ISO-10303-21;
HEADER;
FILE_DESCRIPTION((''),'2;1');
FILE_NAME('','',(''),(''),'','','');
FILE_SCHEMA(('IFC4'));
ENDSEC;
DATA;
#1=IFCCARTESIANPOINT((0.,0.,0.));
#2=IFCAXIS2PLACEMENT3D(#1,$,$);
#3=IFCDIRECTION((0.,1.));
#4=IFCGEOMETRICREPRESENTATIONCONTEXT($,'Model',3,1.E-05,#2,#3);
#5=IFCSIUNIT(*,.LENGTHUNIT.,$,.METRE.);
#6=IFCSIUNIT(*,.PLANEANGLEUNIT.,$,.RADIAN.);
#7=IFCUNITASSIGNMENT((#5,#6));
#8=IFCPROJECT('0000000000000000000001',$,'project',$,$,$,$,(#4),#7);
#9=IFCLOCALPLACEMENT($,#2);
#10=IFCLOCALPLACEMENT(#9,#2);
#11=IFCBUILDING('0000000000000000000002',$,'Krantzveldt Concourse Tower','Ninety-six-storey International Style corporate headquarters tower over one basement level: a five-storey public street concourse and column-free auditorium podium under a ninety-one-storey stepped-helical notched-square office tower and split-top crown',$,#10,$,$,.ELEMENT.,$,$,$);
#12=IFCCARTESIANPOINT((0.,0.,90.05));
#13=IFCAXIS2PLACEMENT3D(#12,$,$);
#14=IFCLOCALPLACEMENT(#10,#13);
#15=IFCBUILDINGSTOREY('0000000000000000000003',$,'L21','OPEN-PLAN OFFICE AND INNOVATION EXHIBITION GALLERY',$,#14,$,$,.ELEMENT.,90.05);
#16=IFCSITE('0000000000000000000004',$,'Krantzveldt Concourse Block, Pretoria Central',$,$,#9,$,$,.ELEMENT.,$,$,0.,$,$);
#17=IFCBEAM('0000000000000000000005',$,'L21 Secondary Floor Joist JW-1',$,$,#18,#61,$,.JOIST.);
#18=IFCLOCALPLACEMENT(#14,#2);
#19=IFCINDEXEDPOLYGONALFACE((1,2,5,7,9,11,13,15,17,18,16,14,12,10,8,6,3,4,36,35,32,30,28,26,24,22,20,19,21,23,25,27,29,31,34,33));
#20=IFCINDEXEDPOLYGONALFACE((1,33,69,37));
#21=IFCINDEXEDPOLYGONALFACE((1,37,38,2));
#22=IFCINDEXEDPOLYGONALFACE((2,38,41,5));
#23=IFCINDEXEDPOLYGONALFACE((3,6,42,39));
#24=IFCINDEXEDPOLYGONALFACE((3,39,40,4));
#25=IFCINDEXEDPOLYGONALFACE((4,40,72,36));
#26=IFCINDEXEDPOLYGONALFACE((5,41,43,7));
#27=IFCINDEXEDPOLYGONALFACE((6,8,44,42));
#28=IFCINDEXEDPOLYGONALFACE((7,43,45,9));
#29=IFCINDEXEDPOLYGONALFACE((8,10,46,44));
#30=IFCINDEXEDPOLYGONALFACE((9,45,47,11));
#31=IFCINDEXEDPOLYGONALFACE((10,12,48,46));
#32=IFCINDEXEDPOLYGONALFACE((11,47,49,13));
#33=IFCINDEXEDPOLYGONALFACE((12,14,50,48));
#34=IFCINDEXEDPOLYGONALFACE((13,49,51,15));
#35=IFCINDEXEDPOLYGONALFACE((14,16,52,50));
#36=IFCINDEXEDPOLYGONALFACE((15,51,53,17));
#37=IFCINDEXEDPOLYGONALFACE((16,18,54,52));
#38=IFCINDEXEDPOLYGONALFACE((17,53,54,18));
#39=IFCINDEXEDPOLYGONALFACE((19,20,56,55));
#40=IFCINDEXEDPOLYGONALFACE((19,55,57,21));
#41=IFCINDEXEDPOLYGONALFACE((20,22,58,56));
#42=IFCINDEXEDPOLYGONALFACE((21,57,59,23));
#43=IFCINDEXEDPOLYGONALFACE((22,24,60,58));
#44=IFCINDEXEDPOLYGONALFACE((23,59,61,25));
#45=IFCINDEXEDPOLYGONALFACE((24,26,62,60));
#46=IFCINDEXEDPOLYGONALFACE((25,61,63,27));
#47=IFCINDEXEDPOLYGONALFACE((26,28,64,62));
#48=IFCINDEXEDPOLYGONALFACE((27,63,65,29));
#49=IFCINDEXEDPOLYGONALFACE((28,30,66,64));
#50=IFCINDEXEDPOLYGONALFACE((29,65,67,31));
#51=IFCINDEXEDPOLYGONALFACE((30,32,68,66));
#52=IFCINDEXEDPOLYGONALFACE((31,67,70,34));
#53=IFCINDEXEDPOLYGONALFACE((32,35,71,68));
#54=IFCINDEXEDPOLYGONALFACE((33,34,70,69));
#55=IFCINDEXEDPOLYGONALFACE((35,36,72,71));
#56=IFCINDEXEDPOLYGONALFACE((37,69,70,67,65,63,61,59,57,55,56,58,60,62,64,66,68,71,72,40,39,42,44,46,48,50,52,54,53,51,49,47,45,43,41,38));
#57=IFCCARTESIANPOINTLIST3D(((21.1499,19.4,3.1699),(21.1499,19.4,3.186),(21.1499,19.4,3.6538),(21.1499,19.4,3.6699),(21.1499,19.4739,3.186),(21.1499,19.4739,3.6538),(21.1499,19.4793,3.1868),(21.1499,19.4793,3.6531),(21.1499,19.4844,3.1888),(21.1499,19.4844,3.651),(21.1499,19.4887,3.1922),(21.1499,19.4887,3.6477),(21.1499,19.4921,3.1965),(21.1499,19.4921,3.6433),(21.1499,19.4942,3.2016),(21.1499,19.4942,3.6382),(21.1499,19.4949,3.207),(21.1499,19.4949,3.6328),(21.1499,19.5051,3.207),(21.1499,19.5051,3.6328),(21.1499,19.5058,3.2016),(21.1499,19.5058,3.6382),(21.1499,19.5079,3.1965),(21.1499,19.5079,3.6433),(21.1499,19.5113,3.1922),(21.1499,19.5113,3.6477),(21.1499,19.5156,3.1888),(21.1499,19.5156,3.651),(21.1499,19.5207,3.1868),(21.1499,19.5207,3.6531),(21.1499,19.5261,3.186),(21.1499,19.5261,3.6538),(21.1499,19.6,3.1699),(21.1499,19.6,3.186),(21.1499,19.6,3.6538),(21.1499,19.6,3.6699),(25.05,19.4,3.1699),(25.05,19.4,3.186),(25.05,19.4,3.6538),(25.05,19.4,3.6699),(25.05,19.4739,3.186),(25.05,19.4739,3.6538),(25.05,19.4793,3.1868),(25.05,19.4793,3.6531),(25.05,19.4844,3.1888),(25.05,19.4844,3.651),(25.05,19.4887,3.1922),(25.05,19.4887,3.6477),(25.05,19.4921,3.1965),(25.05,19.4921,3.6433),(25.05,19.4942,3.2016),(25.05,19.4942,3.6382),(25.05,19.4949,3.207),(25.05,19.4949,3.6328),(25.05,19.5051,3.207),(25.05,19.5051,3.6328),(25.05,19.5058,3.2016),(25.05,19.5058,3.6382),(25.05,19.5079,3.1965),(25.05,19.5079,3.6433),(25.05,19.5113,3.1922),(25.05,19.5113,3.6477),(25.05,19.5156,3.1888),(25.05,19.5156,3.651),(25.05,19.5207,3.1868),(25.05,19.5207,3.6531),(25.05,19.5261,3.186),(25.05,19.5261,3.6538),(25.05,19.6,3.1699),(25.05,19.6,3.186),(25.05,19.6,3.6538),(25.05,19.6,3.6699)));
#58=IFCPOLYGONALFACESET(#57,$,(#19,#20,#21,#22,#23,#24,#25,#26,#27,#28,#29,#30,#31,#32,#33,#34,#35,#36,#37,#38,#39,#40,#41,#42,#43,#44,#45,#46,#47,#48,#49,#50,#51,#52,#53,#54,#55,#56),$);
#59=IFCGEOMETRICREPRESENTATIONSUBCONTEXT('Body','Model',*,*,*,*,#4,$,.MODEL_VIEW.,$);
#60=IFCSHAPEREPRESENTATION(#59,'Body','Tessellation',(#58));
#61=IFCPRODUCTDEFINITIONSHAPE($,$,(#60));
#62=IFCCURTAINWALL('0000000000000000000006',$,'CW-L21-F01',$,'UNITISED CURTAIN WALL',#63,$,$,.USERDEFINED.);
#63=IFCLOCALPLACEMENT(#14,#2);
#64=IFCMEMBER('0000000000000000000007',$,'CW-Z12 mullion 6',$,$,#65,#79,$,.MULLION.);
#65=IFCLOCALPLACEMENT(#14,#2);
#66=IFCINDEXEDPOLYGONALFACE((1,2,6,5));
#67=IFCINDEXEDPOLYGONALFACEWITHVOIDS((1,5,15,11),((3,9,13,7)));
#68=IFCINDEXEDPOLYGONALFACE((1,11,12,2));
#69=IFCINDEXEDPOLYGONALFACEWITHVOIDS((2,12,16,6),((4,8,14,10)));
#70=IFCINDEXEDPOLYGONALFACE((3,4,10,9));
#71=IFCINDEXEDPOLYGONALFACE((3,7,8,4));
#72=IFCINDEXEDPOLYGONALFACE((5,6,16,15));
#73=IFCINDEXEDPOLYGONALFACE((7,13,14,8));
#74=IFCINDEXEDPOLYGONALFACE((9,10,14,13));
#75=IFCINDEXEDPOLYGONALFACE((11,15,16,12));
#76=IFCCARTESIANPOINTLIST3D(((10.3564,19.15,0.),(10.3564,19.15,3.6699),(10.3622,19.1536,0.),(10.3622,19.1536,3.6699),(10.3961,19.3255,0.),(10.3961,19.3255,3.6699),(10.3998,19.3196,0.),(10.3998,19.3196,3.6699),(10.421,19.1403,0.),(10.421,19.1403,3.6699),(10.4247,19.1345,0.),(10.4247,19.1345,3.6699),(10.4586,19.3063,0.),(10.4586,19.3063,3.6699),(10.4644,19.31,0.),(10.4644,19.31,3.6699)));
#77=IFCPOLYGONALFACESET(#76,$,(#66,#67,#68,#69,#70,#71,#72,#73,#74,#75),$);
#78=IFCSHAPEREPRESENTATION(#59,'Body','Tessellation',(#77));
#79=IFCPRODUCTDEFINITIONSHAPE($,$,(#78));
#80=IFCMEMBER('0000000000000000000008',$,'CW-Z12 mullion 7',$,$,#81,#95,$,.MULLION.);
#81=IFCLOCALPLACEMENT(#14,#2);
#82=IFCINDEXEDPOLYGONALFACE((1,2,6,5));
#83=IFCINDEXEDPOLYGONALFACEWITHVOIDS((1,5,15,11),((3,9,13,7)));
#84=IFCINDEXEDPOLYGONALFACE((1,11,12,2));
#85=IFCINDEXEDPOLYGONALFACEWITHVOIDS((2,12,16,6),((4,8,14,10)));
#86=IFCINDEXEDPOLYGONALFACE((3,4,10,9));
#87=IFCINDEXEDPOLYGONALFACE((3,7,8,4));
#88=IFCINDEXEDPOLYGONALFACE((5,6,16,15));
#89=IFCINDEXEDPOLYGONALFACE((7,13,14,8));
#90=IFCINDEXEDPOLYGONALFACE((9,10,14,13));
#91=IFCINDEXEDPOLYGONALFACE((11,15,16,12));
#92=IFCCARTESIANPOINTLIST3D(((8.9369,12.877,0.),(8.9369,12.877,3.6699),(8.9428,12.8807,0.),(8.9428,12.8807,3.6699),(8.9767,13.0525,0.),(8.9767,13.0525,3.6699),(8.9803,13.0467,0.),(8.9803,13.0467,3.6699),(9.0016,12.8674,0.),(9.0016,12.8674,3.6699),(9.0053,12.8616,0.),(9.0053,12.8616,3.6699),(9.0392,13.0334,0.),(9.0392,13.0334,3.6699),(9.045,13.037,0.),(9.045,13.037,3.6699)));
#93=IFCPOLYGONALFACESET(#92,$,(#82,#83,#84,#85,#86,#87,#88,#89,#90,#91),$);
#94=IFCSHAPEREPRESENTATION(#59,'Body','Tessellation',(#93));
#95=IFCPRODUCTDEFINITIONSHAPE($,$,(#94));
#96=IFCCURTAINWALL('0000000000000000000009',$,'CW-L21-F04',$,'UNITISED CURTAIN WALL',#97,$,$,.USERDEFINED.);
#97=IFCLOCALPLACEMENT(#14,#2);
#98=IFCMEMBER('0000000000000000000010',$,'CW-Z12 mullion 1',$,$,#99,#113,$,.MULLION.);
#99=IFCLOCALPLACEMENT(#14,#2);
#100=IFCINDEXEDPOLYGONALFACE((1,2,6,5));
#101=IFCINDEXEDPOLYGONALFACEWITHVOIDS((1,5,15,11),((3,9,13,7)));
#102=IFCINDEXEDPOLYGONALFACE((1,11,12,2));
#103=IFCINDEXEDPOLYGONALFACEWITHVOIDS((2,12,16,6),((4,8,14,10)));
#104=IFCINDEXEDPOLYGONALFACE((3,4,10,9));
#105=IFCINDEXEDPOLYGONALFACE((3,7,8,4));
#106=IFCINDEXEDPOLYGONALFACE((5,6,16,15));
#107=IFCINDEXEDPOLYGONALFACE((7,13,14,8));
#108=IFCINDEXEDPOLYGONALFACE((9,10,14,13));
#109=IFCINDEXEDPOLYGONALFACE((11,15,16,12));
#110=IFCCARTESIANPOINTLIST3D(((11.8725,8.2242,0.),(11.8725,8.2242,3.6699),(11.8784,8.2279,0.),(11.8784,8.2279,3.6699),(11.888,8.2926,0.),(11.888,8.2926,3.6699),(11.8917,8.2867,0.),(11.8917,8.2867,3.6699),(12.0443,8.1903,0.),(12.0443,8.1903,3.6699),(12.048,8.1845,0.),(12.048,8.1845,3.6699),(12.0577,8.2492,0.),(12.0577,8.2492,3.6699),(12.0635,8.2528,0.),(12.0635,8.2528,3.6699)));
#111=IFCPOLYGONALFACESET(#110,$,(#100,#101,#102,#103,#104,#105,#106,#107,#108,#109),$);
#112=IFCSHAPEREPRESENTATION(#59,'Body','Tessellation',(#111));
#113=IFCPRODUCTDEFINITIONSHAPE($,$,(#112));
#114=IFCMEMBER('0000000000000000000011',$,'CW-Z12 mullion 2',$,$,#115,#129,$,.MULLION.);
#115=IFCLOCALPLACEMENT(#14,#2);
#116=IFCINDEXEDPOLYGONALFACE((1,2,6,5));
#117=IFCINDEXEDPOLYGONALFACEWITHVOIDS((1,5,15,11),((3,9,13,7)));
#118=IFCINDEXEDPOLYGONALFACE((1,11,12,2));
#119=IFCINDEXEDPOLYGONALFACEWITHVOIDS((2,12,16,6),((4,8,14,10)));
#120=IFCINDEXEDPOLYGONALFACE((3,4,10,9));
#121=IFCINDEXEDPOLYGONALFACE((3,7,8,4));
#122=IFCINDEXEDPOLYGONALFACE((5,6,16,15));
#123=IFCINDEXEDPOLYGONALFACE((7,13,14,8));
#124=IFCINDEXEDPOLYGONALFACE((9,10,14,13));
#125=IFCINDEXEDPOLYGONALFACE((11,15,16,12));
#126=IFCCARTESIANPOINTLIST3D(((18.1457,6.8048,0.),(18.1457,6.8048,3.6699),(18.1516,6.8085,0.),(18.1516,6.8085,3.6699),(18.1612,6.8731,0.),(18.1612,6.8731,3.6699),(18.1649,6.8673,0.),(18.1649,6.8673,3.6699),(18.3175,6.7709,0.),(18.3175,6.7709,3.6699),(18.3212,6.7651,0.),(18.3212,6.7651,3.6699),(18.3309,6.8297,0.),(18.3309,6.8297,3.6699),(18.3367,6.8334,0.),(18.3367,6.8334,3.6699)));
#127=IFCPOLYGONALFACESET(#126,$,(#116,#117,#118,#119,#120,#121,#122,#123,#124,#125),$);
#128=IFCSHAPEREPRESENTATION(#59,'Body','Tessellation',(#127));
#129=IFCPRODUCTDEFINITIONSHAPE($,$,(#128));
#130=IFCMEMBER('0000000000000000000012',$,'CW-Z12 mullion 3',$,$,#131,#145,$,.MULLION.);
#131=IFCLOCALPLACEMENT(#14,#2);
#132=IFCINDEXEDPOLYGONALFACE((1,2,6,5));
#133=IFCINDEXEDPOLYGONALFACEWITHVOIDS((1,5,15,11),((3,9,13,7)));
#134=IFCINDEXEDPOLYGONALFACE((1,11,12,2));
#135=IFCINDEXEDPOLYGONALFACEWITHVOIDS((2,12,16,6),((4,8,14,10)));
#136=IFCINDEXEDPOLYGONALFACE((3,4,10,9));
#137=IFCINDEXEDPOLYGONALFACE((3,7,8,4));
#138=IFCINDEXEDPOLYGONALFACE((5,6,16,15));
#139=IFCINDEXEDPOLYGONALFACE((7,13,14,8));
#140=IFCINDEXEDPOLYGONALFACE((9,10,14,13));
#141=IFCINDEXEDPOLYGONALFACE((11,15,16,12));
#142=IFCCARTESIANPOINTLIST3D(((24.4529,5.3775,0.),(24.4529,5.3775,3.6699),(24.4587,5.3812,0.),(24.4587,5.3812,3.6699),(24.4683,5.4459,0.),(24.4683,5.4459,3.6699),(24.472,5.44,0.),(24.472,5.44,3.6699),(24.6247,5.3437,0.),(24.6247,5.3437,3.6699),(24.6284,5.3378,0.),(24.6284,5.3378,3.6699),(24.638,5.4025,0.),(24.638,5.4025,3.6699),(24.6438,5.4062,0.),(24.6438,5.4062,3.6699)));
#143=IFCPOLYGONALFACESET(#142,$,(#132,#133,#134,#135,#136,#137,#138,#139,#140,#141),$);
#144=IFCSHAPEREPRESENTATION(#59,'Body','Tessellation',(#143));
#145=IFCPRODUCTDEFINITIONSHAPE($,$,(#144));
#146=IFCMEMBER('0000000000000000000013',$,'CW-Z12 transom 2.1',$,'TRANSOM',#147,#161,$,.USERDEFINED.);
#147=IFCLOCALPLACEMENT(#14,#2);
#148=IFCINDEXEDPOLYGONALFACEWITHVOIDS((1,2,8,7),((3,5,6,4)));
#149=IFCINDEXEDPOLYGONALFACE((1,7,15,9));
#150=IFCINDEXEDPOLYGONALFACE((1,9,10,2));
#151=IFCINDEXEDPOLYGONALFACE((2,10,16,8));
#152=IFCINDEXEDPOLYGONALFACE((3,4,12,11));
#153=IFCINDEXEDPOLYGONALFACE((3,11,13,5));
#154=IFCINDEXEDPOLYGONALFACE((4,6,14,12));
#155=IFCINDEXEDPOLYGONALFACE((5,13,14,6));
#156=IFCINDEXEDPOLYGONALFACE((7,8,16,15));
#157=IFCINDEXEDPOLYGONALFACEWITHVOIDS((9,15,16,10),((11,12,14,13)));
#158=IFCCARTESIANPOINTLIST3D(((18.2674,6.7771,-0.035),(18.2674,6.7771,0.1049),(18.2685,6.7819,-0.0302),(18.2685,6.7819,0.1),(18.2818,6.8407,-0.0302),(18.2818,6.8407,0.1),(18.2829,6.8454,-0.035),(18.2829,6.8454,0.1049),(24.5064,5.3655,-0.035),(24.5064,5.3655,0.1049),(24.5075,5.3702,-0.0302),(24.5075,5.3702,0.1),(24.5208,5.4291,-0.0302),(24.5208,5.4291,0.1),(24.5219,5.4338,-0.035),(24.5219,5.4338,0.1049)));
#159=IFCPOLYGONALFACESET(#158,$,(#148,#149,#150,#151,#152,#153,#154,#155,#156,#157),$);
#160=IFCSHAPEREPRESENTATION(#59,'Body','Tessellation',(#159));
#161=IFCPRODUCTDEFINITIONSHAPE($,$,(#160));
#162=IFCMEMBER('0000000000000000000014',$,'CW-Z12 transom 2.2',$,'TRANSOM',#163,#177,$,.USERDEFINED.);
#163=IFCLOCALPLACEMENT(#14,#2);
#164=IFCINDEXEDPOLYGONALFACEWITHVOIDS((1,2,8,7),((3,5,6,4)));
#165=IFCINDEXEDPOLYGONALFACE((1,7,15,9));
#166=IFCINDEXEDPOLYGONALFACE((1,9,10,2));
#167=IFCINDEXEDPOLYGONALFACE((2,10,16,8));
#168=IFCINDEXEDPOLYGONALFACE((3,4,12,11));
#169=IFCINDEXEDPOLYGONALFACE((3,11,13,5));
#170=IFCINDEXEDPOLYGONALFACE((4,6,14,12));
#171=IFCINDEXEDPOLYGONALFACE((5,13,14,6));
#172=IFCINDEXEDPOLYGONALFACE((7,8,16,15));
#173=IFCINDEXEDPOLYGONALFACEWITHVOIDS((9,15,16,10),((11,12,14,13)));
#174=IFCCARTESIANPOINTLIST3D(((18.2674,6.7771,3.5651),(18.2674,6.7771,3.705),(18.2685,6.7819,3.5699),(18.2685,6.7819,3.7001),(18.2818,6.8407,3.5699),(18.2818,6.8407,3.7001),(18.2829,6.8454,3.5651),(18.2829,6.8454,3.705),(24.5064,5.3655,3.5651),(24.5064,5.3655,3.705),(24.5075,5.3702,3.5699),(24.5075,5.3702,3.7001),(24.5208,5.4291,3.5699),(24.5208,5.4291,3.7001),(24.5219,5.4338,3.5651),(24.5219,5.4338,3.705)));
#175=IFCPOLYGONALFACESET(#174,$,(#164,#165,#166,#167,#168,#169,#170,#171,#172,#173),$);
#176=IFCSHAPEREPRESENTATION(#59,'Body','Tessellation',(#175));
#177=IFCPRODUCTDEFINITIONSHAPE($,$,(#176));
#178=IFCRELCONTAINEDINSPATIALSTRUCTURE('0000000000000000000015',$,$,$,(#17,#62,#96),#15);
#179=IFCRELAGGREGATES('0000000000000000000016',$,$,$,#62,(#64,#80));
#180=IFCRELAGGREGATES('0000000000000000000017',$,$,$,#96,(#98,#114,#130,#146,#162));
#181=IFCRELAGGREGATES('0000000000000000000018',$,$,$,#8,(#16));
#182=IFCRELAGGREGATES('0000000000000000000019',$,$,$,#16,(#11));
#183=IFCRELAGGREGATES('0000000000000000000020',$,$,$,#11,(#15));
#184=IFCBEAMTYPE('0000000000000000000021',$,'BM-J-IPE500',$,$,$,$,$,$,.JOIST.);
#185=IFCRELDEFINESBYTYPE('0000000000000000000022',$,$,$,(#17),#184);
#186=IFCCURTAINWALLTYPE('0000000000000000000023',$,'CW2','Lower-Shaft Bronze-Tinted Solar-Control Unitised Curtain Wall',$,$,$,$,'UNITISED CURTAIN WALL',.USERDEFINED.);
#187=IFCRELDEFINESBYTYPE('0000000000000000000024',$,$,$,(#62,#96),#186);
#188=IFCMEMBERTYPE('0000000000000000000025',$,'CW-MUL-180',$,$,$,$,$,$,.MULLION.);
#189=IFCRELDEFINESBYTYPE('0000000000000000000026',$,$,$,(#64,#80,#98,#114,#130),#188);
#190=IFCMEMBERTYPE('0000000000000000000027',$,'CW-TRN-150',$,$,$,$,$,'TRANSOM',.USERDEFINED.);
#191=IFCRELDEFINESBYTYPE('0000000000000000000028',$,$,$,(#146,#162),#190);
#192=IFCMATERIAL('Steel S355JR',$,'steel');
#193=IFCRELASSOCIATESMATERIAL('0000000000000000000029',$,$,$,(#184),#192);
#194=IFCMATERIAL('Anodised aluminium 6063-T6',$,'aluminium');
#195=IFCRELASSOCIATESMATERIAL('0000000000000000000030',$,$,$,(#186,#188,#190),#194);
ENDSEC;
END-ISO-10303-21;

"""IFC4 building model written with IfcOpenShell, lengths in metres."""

from ifc_helpers import new_model, si_unit, direction, frame, origin, origin_2d, place, context, subcontext, project, spatial, hollow_rectangle, i_section, extrude, source, transform, mapped, material, material_profile, profile_set, type_object, type_shapes, element, aggregate, save


model = new_model("IFC4")

# Units and contexts
model_context = context("Model", 3, precision=1e-05, world=origin(), true_north=direction((0.0, 1.0)))
body_context = subcontext(model_context, "Body", "Model", "MODEL_VIEW")
ifc_project = project(units=[si_unit("LENGTHUNIT", "METRE"), si_unit("PLANEANGLEUNIT", "RADIAN")], contexts=[model_context])

# Site, building, storey
site_placement = place(None, origin())
site = spatial("IfcSite", under=ifc_project, at=site_placement, Name="Krantzveldt Concourse Block, Pretoria Central", CompositionType="ELEMENT", RefElevation=0.0)
building_placement = place(site_placement, origin())
building = spatial("IfcBuilding", under=site, at=building_placement, Name="Krantzveldt Concourse Tower", Description="Ninety-six-storey International Style corporate headquarters tower over one basement level: a five-storey public street concourse and column-free auditorium podium under a ninety-one-storey stepped-helical notched-square office tower and split-top crown", CompositionType="ELEMENT")
storey_placement = place(building_placement, frame((0.0, 0.0, 90.05)))
storey = spatial("IfcBuildingStorey", under=building, at=storey_placement, Name="L21", Description="OPEN-PLAN OFFICE AND INNOVATION EXHIBITION GALLERY", CompositionType="ELEMENT", Elevation=90.05)

# Beam
ifc_material_1 = material(Name="Steel S355JR", Category="steel")
ifc_material_profile_1 = material_profile(ifc_material_1, i_section(OverallWidth=0.2, OverallDepth=0.5, WebThickness=0.0103, FlangeThickness=0.0161, FilletRadius=0.021, at=origin_2d()), Name="Steel S355JR", Category="steel")
ifc_profile_set_1 = profile_set([ifc_material_profile_1], Name="Steel S355JR - IPE 500")
beam_type_1 = type_object("IfcBeamType", Name="BM-J-IPE500", PredefinedType="JOIST", material=ifc_profile_set_1)
shared_shape_1 = source(origin(), body_context, "Body", "SweptSolid", [
    extrude(i_section(OverallWidth=0.2, OverallDepth=0.5, WebThickness=0.0103, FlangeThickness=0.0161, FilletRadius=0.021, at=origin_2d()), origin(), (0.0, 0.0, 1.0), 3.9001),
])
type_shapes(beam_type_1, [shared_shape_1])
beam_1_placement = place(storey_placement, frame((21.1499, 19.5, 3.4199), z_axis=(1.0, 0.0, 0.0), x_axis=(0.0, 1.0, 0.0)))
element("IfcBeam", 1, at=beam_1_placement, inside=storey, type_object=beam_type_1, Name="L21 Secondary Floor Joist JW-1", PredefinedType="JOIST", context=body_context, shape_type="MappedRepresentation", body=[
    mapped(shared_shape_1, transform((0.0, 0.0, 0.0), x_axis=(1.0, 0.0, 0.0), y_axis=(0.0, 1.0, 0.0), z_axis=(0.0, 0.0, 1.0), scale=1.0)),
])

# Curtain walls, members
ifc_material_2 = material(Name="Anodised aluminium 6063-T6", Category="aluminium")
curtain_wall_type = type_object("IfcCurtainWallType", Name="CW2", Description="Lower-Shaft Bronze-Tinted Solar-Control Unitised Curtain Wall", ElementType="UNITISED CURTAIN WALL", PredefinedType="USERDEFINED", material=ifc_material_2)
curtain_wall_1_placement = place(storey_placement, origin())
curtain_wall_1 = element("IfcCurtainWall", 2, at=curtain_wall_1_placement, inside=storey, type_object=curtain_wall_type, Name="CW-L21-F01", ObjectType="UNITISED CURTAIN WALL", PredefinedType="USERDEFINED")
ifc_material_profile_2 = material_profile(ifc_material_2, hollow_rectangle(XDim=0.0701, YDim=0.1799, WallThickness=0.0049, at=origin_2d()), Name="Anodised aluminium 6063-T6", Category="aluminium")
ifc_profile_set_2 = profile_set([ifc_material_profile_2], Name="Anodised aluminium 6063-T6 - ALU-MULL 180x70x5")
member_type_1 = type_object("IfcMemberType", Name="CW-MUL-180", PredefinedType="MULLION", material=ifc_profile_set_2)
shared_shape_2 = source(origin(), body_context, "Body", "SweptSolid", [
    extrude(hollow_rectangle(XDim=0.0701, YDim=0.1799, WallThickness=0.0049, at=origin_2d()), origin(), (0.0, 0.0, 1.0), 3.6699),
])
type_shapes(member_type_1, [shared_shape_2])
member_1_placement = place(storey_placement, frame((10.4104, 19.23, 0.0), z_axis=(0.0, 0.0, 1.0), x_axis=(0.975342, -0.220697, 0.0)))
member_1 = element("IfcMember", 3, at=member_1_placement, type_object=member_type_1, Name="CW-Z12 mullion 6", PredefinedType="MULLION", context=body_context, shape_type="MappedRepresentation", body=[
    mapped(shared_shape_2, transform((0.0, 0.0, 0.0), x_axis=(1.0, 0.0, 0.0), y_axis=(0.0, 1.0, 0.0), z_axis=(0.0, 0.0, 1.0), scale=1.0)),
])
member_2_placement = place(storey_placement, frame((8.991, 12.957, 0.0), z_axis=(0.0, 0.0, 1.0), x_axis=(0.975342, -0.220697, 0.0)))
member_2 = element("IfcMember", 4, at=member_2_placement, type_object=member_type_1, Name="CW-Z12 mullion 7", PredefinedType="MULLION", context=body_context, shape_type="MappedRepresentation", body=[
    mapped(shared_shape_2, transform((0.0, 0.0, 0.0), x_axis=(1.0, 0.0, 0.0), y_axis=(0.0, 1.0, 0.0), z_axis=(0.0, 0.0, 1.0), scale=1.0)),
])
curtain_wall_2_placement = place(storey_placement, origin())
curtain_wall_2 = element("IfcCurtainWall", 5, at=curtain_wall_2_placement, inside=storey, type_object=curtain_wall_type, Name="CW-L21-F04", ObjectType="UNITISED CURTAIN WALL", PredefinedType="USERDEFINED")
member_3_placement = place(storey_placement, frame((11.968, 8.2385, 0.0), z_axis=(0.0, 0.0, 1.0), x_axis=(0.220697, 0.975342, 0.0)))
member_3 = element("IfcMember", 6, at=member_3_placement, type_object=member_type_1, Name="CW-Z12 mullion 1", PredefinedType="MULLION", context=body_context, shape_type="MappedRepresentation", body=[
    mapped(shared_shape_2, transform((0.0, 0.0, 0.0), x_axis=(1.0, 0.0, 0.0), y_axis=(0.0, 1.0, 0.0), z_axis=(0.0, 0.0, 1.0), scale=1.0)),
])
member_4_placement = place(storey_placement, frame((18.2412, 6.8191, 0.0), z_axis=(0.0, 0.0, 1.0), x_axis=(0.220697, 0.975342, 0.0)))
member_4 = element("IfcMember", 7, at=member_4_placement, type_object=member_type_1, Name="CW-Z12 mullion 2", PredefinedType="MULLION", context=body_context, shape_type="MappedRepresentation", body=[
    mapped(shared_shape_2, transform((0.0, 0.0, 0.0), x_axis=(1.0, 0.0, 0.0), y_axis=(0.0, 1.0, 0.0), z_axis=(0.0, 0.0, 1.0), scale=1.0)),
])
member_5_placement = place(storey_placement, frame((24.5483, 5.3918, 0.0), z_axis=(0.0, 0.0, 1.0), x_axis=(0.220697, 0.975342, 0.0)))
member_5 = element("IfcMember", 8, at=member_5_placement, type_object=member_type_1, Name="CW-Z12 mullion 3", PredefinedType="MULLION", context=body_context, shape_type="MappedRepresentation", body=[
    mapped(shared_shape_2, transform((0.0, 0.0, 0.0), x_axis=(1.0, 0.0, 0.0), y_axis=(0.0, 1.0, 0.0), z_axis=(0.0, 0.0, 1.0), scale=1.0)),
])
ifc_material_profile_3 = material_profile(ifc_material_2, hollow_rectangle(XDim=0.0701, YDim=0.1399, WallThickness=0.0049, at=origin_2d()), Name="Anodised aluminium 6063-T6", Category="aluminium")
ifc_profile_set_3 = profile_set([ifc_material_profile_3], Name="Anodised aluminium 6063-T6 - ALU-TRAN 140x70x5")
member_type_2 = type_object("IfcMemberType", Name="CW-TRN-150", ElementType="TRANSOM", PredefinedType="USERDEFINED", material=ifc_profile_set_3)
shared_shape_3 = source(origin(), body_context, "Body", "SweptSolid", [
    extrude(hollow_rectangle(XDim=0.0701, YDim=0.1399, WallThickness=0.0049, at=origin_2d()), origin(), (0.0, 0.0, 1.0), 6.3967),
])
member_6_placement = place(storey_placement, frame((18.2751, 6.8113, 0.0349), z_axis=(0.975346, -0.220679, 0.0), x_axis=(0.220679, 0.975346, 0.0)))
member_6 = element("IfcMember", 9, at=member_6_placement, type_object=member_type_2, Name="CW-Z12 transom 2.1", ObjectType="TRANSOM", PredefinedType="USERDEFINED", context=body_context, shape_type="MappedRepresentation", body=[
    mapped(shared_shape_3, transform((0.0, 0.0, 0.0), x_axis=(1.0, 0.0, 0.0), y_axis=(0.0, 1.0, 0.0), z_axis=(0.0, 0.0, 1.0), scale=1.0)),
])
member_7_placement = place(storey_placement, frame((18.2751, 6.8113, 3.635), z_axis=(0.975346, -0.220679, 0.0), x_axis=(0.220679, 0.975346, 0.0)))
member_7 = element("IfcMember", 10, at=member_7_placement, type_object=member_type_2, Name="CW-Z12 transom 2.2", ObjectType="TRANSOM", PredefinedType="USERDEFINED", context=body_context, shape_type="MappedRepresentation", body=[
    mapped(shared_shape_3, transform((0.0, 0.0, 0.0), x_axis=(1.0, 0.0, 0.0), y_axis=(0.0, 1.0, 0.0), z_axis=(0.0, 0.0, 1.0), scale=1.0)),
])

aggregate(curtain_wall_1, [member_1, member_2])
aggregate(curtain_wall_2, [member_3, member_4, member_5, member_6, member_7])

save(model, "model.ifc")
